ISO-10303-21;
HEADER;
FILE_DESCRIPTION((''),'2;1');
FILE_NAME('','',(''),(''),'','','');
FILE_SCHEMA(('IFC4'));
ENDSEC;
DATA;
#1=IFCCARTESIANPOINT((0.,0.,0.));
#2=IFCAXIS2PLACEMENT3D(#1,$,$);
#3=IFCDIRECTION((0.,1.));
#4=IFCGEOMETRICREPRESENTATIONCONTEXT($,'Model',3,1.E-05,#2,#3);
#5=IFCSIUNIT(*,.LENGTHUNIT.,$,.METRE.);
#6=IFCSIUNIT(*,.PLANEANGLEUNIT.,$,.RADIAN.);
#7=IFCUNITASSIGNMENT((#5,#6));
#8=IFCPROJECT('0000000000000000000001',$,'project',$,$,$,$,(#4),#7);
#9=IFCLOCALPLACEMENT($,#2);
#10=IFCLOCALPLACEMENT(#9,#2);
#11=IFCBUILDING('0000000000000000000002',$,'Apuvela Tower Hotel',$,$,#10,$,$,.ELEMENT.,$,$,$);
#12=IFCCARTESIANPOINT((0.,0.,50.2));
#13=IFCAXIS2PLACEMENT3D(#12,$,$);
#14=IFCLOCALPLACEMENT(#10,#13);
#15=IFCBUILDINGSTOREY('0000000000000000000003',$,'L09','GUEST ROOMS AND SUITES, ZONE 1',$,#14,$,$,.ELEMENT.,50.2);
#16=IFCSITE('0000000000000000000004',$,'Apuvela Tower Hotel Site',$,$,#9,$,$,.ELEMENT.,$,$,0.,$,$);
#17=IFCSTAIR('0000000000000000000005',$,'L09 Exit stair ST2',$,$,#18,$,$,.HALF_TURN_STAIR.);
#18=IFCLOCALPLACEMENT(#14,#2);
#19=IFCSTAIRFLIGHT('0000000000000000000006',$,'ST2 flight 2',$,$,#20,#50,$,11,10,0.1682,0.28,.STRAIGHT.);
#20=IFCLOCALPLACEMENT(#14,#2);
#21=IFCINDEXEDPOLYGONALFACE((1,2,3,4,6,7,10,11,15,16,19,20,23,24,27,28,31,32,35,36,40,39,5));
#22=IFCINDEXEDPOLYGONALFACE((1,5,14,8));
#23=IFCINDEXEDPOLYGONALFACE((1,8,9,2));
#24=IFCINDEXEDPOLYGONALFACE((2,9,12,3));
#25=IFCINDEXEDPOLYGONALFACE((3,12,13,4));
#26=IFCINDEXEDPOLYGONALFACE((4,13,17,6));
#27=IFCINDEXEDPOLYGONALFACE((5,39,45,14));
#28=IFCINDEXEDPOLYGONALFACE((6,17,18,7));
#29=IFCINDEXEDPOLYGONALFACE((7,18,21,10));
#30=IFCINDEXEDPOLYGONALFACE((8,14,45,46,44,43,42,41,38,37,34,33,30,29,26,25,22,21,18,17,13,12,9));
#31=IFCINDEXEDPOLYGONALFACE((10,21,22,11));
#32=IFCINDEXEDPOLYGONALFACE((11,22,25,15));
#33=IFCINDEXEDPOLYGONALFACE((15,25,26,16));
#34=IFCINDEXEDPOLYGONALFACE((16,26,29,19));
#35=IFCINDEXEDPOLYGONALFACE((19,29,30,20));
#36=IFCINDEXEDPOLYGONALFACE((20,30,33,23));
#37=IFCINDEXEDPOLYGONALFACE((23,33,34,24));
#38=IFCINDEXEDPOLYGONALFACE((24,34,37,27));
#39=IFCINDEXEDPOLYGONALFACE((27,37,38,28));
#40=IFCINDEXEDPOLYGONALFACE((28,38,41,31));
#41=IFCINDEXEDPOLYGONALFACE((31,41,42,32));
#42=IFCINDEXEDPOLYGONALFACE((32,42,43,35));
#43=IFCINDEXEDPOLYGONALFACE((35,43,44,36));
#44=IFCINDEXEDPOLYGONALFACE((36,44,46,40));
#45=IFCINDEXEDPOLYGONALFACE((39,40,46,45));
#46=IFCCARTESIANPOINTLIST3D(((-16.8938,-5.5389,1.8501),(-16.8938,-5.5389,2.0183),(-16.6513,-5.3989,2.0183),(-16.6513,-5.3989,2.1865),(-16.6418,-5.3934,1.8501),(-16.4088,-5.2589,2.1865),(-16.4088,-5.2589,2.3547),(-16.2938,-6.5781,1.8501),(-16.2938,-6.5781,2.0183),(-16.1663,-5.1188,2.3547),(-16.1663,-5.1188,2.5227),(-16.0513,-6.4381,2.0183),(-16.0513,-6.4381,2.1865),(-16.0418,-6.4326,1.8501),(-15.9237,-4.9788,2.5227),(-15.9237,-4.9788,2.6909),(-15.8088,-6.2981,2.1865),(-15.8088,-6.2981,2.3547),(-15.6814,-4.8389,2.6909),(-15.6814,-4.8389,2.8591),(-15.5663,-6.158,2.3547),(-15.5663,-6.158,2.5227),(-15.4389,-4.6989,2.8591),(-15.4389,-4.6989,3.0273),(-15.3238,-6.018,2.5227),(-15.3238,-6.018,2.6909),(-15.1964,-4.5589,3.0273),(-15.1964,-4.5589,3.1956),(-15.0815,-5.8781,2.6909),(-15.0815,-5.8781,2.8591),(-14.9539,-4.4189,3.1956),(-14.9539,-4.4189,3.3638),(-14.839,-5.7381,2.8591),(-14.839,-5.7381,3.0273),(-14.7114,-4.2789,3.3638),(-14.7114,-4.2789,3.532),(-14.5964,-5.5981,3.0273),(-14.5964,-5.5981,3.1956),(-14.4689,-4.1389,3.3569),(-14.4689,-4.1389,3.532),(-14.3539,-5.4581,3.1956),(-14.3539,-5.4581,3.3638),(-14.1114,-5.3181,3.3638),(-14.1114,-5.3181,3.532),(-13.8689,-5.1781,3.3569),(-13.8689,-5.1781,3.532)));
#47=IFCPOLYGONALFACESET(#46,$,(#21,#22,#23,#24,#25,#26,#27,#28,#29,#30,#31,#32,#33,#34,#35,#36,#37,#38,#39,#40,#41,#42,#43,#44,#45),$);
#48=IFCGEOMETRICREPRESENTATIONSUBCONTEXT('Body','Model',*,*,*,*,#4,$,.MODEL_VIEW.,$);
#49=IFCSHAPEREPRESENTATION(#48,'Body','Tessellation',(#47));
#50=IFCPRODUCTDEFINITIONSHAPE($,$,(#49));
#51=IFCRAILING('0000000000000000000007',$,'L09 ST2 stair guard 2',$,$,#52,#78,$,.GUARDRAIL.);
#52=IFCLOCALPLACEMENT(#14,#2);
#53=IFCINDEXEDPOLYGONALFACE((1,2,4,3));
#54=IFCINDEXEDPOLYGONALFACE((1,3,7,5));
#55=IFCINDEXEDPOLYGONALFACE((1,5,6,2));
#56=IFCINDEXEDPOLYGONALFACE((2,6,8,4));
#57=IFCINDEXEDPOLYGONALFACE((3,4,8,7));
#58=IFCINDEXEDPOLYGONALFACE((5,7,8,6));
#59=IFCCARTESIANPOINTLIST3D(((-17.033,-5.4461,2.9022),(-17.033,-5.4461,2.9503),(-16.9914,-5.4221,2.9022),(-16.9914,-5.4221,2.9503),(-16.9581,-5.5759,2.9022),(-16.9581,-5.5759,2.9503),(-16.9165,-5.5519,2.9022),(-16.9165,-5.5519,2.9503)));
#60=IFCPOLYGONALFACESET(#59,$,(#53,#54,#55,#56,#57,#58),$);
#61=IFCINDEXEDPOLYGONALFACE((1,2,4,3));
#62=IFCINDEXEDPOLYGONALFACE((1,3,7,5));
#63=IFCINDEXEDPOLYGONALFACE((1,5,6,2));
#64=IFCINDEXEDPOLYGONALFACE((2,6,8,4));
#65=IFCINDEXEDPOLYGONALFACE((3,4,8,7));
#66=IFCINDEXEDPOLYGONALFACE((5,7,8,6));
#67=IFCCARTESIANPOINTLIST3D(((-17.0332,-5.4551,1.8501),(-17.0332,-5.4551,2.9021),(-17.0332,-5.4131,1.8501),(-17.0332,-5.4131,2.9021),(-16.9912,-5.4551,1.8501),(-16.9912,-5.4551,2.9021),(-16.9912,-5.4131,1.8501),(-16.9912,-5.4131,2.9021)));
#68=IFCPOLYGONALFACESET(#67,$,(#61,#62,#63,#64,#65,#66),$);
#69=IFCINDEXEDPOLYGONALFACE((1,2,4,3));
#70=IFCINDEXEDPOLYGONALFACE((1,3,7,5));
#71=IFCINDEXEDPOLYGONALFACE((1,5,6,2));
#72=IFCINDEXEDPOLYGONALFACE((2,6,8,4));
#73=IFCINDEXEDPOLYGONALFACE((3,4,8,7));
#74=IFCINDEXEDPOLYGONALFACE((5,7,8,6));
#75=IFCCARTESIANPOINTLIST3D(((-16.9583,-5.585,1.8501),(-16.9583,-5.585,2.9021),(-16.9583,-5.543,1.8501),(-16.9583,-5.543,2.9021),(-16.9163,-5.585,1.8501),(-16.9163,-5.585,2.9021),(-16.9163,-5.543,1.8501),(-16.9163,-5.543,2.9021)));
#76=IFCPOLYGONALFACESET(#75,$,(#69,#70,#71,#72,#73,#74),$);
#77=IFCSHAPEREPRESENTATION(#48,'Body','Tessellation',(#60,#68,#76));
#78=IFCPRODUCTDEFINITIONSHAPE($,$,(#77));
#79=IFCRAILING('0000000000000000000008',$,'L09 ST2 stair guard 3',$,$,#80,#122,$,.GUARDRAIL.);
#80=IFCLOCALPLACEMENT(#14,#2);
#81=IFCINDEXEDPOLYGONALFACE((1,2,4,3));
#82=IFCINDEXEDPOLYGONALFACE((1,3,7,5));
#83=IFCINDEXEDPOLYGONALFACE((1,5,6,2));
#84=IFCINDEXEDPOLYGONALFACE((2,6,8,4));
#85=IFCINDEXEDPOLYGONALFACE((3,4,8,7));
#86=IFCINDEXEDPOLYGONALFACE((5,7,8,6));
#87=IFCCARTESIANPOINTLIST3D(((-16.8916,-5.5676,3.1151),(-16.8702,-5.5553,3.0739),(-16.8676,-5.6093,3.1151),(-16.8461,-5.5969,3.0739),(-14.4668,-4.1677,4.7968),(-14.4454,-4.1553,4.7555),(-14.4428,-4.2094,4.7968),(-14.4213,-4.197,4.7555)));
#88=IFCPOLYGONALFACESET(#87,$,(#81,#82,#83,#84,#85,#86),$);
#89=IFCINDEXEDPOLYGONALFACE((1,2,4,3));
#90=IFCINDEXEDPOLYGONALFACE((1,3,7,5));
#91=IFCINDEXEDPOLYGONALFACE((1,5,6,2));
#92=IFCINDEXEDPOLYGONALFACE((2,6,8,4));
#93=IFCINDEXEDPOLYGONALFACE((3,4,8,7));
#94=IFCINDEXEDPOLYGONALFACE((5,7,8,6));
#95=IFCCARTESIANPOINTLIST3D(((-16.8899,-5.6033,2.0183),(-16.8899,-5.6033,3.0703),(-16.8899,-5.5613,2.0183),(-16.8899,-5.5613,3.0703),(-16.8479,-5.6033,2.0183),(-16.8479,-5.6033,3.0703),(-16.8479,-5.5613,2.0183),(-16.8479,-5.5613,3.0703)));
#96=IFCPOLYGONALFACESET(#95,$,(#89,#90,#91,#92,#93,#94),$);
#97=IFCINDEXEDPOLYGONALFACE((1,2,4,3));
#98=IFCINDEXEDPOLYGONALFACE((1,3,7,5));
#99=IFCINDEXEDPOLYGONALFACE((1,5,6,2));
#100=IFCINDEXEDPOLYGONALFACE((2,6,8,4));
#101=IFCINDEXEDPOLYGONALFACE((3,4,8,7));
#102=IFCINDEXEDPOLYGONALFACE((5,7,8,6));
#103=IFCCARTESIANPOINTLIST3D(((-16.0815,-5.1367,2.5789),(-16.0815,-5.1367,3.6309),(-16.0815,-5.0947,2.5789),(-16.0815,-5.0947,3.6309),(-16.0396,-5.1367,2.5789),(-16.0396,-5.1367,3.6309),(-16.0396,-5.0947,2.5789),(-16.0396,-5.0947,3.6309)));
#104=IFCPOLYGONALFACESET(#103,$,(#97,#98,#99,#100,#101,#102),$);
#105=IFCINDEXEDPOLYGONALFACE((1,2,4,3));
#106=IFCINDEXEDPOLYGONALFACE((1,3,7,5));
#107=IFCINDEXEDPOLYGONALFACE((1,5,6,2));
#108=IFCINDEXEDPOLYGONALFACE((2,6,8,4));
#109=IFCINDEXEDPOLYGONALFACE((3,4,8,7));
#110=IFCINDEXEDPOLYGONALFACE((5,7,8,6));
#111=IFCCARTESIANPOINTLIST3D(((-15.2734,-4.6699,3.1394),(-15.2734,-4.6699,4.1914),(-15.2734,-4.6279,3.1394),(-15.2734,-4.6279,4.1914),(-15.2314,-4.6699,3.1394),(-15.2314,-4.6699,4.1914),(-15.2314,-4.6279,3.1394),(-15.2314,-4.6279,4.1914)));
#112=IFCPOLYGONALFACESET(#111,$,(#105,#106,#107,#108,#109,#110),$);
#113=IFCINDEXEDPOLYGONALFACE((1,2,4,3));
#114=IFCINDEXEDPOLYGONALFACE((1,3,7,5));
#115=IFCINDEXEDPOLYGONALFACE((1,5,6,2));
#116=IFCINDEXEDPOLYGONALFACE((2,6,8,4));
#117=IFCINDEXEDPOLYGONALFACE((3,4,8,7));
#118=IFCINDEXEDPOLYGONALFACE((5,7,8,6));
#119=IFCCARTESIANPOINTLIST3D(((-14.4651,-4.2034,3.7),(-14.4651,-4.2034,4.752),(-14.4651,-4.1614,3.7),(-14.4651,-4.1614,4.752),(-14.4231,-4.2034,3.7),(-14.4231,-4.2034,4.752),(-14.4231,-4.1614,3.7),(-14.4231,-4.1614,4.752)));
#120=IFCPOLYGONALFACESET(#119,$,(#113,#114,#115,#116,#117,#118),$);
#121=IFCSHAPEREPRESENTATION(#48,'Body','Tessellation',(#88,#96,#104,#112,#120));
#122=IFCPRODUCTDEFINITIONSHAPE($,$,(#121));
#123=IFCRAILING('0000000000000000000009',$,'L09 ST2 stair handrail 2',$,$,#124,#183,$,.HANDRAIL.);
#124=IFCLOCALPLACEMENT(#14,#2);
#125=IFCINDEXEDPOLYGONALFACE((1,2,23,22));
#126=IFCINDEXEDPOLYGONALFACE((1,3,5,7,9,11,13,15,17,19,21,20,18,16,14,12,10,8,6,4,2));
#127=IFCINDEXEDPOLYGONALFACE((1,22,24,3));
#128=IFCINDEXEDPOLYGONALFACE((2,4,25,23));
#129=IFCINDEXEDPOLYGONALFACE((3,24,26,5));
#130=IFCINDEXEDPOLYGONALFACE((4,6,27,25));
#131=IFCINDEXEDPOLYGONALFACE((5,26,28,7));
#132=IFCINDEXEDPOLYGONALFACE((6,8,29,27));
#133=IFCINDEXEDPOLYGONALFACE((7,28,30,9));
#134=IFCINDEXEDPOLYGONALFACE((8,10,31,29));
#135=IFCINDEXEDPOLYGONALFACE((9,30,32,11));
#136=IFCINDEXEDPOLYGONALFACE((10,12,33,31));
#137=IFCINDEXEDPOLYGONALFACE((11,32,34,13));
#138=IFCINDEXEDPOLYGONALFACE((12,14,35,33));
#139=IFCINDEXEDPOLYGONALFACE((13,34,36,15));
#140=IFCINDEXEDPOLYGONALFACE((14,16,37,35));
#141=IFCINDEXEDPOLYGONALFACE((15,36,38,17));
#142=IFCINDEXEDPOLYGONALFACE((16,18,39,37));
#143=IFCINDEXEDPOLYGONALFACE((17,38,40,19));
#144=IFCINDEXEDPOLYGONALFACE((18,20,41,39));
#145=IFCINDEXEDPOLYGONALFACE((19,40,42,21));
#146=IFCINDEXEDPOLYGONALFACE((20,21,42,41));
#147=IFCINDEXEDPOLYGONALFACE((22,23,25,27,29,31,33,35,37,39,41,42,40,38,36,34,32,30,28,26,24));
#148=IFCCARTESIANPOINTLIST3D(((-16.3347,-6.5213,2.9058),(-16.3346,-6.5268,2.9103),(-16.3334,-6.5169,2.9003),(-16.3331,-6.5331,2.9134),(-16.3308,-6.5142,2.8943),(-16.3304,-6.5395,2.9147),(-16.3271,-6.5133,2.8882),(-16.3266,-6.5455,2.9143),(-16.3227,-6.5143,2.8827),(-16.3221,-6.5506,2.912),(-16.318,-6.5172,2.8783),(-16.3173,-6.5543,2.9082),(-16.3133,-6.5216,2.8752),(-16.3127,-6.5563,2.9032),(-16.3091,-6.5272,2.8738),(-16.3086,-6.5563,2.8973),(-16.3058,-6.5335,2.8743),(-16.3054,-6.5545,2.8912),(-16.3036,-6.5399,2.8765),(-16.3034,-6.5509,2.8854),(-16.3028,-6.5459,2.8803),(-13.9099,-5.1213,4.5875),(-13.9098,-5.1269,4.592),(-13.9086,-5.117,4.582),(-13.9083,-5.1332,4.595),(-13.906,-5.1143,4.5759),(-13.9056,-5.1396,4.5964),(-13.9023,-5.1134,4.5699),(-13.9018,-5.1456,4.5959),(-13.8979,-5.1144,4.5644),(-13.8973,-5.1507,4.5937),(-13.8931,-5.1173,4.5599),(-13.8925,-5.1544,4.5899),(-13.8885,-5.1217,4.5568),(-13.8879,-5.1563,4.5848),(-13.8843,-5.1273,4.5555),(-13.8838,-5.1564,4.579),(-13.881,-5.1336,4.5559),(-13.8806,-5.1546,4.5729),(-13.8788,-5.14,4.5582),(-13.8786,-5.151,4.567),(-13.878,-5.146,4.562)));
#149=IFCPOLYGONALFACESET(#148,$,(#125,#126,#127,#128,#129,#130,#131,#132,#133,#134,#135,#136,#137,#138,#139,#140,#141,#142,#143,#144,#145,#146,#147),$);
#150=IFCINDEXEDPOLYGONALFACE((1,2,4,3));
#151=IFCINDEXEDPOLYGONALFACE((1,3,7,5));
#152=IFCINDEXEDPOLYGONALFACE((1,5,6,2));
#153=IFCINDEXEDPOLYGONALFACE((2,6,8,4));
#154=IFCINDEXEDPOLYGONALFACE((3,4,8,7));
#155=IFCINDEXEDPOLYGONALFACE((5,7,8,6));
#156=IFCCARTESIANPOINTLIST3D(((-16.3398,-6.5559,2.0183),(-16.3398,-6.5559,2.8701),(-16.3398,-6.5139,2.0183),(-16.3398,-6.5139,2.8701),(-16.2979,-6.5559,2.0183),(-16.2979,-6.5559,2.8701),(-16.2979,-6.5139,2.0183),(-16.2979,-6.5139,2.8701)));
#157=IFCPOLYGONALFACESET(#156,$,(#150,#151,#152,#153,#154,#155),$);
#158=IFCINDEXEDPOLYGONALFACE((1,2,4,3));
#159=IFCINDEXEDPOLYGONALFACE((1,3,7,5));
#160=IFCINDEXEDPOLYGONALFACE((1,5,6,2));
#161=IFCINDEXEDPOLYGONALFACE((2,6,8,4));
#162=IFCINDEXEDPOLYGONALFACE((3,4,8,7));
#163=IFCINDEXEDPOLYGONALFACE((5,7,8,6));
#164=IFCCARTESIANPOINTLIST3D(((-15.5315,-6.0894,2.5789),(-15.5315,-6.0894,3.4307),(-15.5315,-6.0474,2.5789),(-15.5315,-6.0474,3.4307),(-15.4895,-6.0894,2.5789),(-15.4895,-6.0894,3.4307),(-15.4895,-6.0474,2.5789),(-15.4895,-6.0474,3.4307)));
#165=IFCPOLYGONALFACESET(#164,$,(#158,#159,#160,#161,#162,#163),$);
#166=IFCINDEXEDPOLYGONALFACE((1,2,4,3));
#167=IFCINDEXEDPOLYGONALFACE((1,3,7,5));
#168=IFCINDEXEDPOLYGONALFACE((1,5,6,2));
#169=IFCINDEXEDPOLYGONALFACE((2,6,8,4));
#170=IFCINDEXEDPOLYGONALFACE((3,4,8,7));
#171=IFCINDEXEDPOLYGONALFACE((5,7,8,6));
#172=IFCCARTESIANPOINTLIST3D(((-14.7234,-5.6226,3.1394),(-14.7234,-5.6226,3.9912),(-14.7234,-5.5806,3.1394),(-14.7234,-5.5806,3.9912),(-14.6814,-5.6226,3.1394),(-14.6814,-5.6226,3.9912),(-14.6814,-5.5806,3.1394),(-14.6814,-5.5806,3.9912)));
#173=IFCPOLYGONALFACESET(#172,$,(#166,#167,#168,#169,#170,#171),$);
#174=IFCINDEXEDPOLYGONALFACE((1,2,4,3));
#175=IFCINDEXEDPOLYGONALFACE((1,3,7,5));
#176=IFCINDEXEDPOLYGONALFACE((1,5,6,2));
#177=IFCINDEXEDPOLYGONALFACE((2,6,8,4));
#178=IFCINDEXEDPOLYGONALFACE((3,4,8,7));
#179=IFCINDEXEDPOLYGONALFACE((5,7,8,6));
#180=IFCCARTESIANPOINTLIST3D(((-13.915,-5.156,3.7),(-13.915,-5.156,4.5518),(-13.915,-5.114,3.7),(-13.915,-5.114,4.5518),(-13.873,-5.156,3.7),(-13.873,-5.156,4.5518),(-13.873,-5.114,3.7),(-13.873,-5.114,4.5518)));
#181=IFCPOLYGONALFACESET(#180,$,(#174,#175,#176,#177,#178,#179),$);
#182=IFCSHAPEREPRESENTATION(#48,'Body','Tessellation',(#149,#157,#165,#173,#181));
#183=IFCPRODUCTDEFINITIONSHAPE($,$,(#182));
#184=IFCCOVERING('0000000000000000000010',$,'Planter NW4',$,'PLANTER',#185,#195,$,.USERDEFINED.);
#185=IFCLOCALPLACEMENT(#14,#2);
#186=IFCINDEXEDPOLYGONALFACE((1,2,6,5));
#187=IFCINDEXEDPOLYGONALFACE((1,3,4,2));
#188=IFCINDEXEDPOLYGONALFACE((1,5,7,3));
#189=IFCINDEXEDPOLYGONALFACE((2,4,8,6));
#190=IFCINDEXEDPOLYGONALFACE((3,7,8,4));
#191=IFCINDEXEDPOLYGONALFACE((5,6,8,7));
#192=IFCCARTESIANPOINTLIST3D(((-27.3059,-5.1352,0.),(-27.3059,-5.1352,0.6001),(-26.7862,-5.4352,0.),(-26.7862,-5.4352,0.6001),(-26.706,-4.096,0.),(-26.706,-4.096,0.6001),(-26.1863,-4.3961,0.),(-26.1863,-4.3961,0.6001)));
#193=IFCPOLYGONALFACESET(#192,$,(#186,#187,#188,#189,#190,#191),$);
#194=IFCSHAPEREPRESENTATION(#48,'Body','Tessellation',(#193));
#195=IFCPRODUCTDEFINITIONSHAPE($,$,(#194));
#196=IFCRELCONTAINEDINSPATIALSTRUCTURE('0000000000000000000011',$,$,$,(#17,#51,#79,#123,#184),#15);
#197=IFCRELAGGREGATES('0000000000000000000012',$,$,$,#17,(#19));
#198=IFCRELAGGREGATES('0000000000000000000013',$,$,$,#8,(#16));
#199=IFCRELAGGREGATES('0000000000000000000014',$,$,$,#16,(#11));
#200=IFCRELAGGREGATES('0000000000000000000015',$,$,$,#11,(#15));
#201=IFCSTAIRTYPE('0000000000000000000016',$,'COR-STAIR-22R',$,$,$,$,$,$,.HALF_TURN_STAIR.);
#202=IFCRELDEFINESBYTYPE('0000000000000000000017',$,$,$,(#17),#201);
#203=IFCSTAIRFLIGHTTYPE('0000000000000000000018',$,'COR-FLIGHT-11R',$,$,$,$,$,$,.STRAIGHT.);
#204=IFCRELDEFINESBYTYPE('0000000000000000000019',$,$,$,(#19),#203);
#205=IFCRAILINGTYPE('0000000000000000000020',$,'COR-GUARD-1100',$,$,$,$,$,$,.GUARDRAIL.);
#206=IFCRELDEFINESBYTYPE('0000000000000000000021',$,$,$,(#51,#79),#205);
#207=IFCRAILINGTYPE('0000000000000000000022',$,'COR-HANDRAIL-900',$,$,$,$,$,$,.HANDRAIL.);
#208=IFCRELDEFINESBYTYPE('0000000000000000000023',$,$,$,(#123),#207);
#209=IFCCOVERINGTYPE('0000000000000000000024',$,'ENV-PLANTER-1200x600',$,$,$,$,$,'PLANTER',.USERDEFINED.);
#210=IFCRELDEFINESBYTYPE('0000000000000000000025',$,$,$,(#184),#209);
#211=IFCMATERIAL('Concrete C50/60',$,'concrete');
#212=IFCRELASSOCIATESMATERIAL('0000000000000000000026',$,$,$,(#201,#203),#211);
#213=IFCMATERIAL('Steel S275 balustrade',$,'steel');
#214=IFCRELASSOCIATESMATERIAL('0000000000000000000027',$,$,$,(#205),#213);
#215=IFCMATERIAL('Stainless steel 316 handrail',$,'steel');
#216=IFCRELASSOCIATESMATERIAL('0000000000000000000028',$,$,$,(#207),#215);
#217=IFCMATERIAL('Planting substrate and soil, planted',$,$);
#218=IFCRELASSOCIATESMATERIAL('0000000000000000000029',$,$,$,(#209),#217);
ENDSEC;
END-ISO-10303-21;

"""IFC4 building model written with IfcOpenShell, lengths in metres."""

from ifc_helpers import new_model, si_unit, direction, frame, origin, origin_2d, place, context, subcontext, project, spatial, polyline, rectangle, circle, outline, extrude, material, type_object, element, aggregate, save


model = new_model("IFC4")

# Units and contexts
model_context = context("Model", 3, precision=1e-05, world=origin(), true_north=direction((0.0, 1.0)))
body_context = subcontext(model_context, "Body", "Model", "MODEL_VIEW")
ifc_project = project(units=[si_unit("LENGTHUNIT", "METRE"), si_unit("PLANEANGLEUNIT", "RADIAN")], contexts=[model_context])

# Site, building, storey
site_placement = place(None, origin())
site = spatial("IfcSite", under=ifc_project, at=site_placement, Name="Apuvela Tower Hotel Site", CompositionType="ELEMENT", RefElevation=0.0)
building_placement = place(site_placement, origin())
building = spatial("IfcBuilding", under=site, at=building_placement, Name="Apuvela Tower Hotel", CompositionType="ELEMENT")
storey_placement = place(building_placement, frame((0.0, 0.0, 50.2)))
storey = spatial("IfcBuildingStorey", under=building, at=storey_placement, Name="L09", Description="GUEST ROOMS AND SUITES, ZONE 1", CompositionType="ELEMENT", Elevation=50.2)

# Shared definitions
ifc_material_1 = material(Name="Concrete C50/60", Category="concrete")

# Stair, stair flight
stair_type = type_object("IfcStairType", Name="COR-STAIR-22R", PredefinedType="HALF_TURN_STAIR", material=ifc_material_1)
stair_placement = place(storey_placement, origin())
stair = element("IfcStair", 1, at=stair_placement, inside=storey, type_object=stair_type, Name="L09 Exit stair ST2", PredefinedType="HALF_TURN_STAIR")
stair_flight_type = type_object("IfcStairFlightType", Name="COR-FLIGHT-11R", PredefinedType="STRAIGHT", material=ifc_material_1)
stair_flight_placement = place(storey_placement, frame((-16.5938, -6.0586, 1.8501), z_axis=(0.0, 0.0, 1.0), x_axis=(0.866025, 0.5, 0.0)))
stair_flight = element("IfcStairFlight", 2, at=stair_flight_placement, type_object=stair_flight_type, Name="ST2 flight 2", NumberOfRisers=11, NumberOfTreads=10, PredefinedType="STRAIGHT", RiserHeight=0.1682, TreadLength=0.28, context=body_context, shape_type="SweptSolid", body=[
    extrude(outline(polyline([(0.0, 0.0), (0.0, 0.1682), (0.28, 0.1682), (0.28, 0.3364), (0.5601, 0.3364), (0.5601, 0.5046), (0.8401, 0.5046), (0.8401, 0.6726), (1.1201, 0.6726), (1.1201, 0.8408), (1.3999, 0.8408), (1.3999, 1.009), (1.6799, 1.009), (1.6799, 1.1772), (1.96, 1.1772), (1.96, 1.3455), (2.24, 1.3455), (2.24, 1.5137), (2.52, 1.5137), (2.52, 1.6819), (2.8, 1.6819), (2.8, 1.8501), (2.8, 1.5068), (0.291, 0.0), (0.0, 0.0)])), frame((0.0, 0.6001, 0.0), z_axis=(0.0, -1.0, 0.0), x_axis=(1.0, 0.0, 0.0)), (0.0, 0.0, 1.0), 1.2),
])
aggregate(stair, [stair_flight])

# Railings
ifc_material_2 = material(Name="Steel S275 balustrade", Category="steel")
railing_type_1 = type_object("IfcRailingType", Name="COR-GUARD-1100", PredefinedType="GUARDRAIL", material=ifc_material_2)
railing_1_placement = place(storey_placement, frame((-17.0122, -5.4341, 1.8501)))
element("IfcRailing", 3, at=railing_1_placement, inside=storey, type_object=railing_type_1, Name="L09 ST2 stair guard 2", PredefinedType="GUARDRAIL", context=body_context, shape_type="SweptSolid", body=[
    extrude(rectangle(XDim=0.0481, YDim=0.0481, at=origin_2d()), frame((0.0, 0.0, 1.0762), z_axis=(0.499816, -0.866131, 0.0), x_axis=(0.866131, 0.499816, 0.0)), (0.0, 0.0, 1.0), 0.1499),
    extrude(rectangle(XDim=0.042, YDim=0.042, at=origin_2d()), origin(), (0.0, 0.0, 1.0), 1.052),
    extrude(rectangle(XDim=0.042, YDim=0.042, at=origin_2d()), frame((0.075, -0.1299, 0.0)), (0.0, 0.0, 1.0), 1.052),
])
railing_2_placement = place(storey_placement, frame((-16.8689, -5.5823, 2.0183)))
element("IfcRailing", 4, at=railing_2_placement, inside=storey, type_object=railing_type_1, Name="L09 ST2 stair guard 3", PredefinedType="GUARDRAIL", context=body_context, shape_type="SweptSolid", body=[
    extrude(rectangle(XDim=0.0481, YDim=0.0481, at=origin_2d()), frame((0.0, 0.0, 1.0762), z_axis=(0.742419, 0.428618, 0.514879), x_axis=(-0.499984, 0.866035, 0.0)), (0.0, 0.0, 1.0), 3.2661),
    extrude(rectangle(XDim=0.042, YDim=0.042, at=origin_2d()), origin(), (0.0, 0.0, 1.0), 1.052),
    extrude(rectangle(XDim=0.042, YDim=0.042, at=origin_2d()), frame((0.8083, 0.4666, 0.5605)), (0.0, 0.0, 1.0), 1.052),
    extrude(rectangle(XDim=0.042, YDim=0.042, at=origin_2d()), frame((1.6165, 0.9333, 1.1211)), (0.0, 0.0, 1.0), 1.052),
    extrude(rectangle(XDim=0.042, YDim=0.042, at=origin_2d()), frame((2.4248, 1.3999, 1.6816)), (0.0, 0.0, 1.0), 1.052),
])
ifc_material_3 = material(Name="Stainless steel 316 handrail", Category="steel")
railing_type_2 = type_object("IfcRailingType", Name="COR-HANDRAIL-900", PredefinedType="HANDRAIL", material=ifc_material_3)
railing_3_placement = place(storey_placement, frame((-16.3188, -6.5349, 2.0183)))
element("IfcRailing", 5, at=railing_3_placement, inside=storey, type_object=railing_type_2, Name="L09 ST2 stair handrail 2", PredefinedType="HANDRAIL", context=body_context, shape_type="SweptSolid", body=[
    extrude(circle(Radius=0.0239, at=origin_2d()), frame((0.0, 0.0, 0.876), z_axis=(0.742419, 0.428618, 0.514879), x_axis=(-0.499984, 0.866035, 0.0)), (0.0, 0.0, 1.0), 3.2661),
    extrude(rectangle(XDim=0.042, YDim=0.042, at=origin_2d()), origin(), (0.0, 0.0, 1.0), 0.8518),
    extrude(rectangle(XDim=0.042, YDim=0.042, at=origin_2d()), frame((0.8083, 0.4666, 0.5605)), (0.0, 0.0, 1.0), 0.8518),
    extrude(rectangle(XDim=0.042, YDim=0.042, at=origin_2d()), frame((1.6165, 0.9333, 1.1211)), (0.0, 0.0, 1.0), 0.8518),
    extrude(rectangle(XDim=0.042, YDim=0.042, at=origin_2d()), frame((2.4248, 1.3999, 1.6816)), (0.0, 0.0, 1.0), 0.8518),
])

# Covering
ifc_material_4 = material(Name="Planting substrate and soil, planted")
covering_type = type_object("IfcCoveringType", Name="ENV-PLANTER-1200x600", ElementType="PLANTER", PredefinedType="USERDEFINED", material=ifc_material_4)
covering_placement = place(storey_placement, frame((-26.7461, -4.7656, 0.0), z_axis=(0.0, 0.0, 1.0), x_axis=(-0.5, -0.866025, 0.0)))
element("IfcCovering", 6, at=covering_placement, inside=storey, type_object=covering_type, Name="Planter NW4", ObjectType="PLANTER", PredefinedType="USERDEFINED", context=body_context, shape_type="SweptSolid", body=[
    extrude(rectangle(XDim=1.2, YDim=0.6001, at=origin_2d()), origin(), (0.0, 0.0, 1.0), 0.6001),
])

save(model, "model.ifc")
